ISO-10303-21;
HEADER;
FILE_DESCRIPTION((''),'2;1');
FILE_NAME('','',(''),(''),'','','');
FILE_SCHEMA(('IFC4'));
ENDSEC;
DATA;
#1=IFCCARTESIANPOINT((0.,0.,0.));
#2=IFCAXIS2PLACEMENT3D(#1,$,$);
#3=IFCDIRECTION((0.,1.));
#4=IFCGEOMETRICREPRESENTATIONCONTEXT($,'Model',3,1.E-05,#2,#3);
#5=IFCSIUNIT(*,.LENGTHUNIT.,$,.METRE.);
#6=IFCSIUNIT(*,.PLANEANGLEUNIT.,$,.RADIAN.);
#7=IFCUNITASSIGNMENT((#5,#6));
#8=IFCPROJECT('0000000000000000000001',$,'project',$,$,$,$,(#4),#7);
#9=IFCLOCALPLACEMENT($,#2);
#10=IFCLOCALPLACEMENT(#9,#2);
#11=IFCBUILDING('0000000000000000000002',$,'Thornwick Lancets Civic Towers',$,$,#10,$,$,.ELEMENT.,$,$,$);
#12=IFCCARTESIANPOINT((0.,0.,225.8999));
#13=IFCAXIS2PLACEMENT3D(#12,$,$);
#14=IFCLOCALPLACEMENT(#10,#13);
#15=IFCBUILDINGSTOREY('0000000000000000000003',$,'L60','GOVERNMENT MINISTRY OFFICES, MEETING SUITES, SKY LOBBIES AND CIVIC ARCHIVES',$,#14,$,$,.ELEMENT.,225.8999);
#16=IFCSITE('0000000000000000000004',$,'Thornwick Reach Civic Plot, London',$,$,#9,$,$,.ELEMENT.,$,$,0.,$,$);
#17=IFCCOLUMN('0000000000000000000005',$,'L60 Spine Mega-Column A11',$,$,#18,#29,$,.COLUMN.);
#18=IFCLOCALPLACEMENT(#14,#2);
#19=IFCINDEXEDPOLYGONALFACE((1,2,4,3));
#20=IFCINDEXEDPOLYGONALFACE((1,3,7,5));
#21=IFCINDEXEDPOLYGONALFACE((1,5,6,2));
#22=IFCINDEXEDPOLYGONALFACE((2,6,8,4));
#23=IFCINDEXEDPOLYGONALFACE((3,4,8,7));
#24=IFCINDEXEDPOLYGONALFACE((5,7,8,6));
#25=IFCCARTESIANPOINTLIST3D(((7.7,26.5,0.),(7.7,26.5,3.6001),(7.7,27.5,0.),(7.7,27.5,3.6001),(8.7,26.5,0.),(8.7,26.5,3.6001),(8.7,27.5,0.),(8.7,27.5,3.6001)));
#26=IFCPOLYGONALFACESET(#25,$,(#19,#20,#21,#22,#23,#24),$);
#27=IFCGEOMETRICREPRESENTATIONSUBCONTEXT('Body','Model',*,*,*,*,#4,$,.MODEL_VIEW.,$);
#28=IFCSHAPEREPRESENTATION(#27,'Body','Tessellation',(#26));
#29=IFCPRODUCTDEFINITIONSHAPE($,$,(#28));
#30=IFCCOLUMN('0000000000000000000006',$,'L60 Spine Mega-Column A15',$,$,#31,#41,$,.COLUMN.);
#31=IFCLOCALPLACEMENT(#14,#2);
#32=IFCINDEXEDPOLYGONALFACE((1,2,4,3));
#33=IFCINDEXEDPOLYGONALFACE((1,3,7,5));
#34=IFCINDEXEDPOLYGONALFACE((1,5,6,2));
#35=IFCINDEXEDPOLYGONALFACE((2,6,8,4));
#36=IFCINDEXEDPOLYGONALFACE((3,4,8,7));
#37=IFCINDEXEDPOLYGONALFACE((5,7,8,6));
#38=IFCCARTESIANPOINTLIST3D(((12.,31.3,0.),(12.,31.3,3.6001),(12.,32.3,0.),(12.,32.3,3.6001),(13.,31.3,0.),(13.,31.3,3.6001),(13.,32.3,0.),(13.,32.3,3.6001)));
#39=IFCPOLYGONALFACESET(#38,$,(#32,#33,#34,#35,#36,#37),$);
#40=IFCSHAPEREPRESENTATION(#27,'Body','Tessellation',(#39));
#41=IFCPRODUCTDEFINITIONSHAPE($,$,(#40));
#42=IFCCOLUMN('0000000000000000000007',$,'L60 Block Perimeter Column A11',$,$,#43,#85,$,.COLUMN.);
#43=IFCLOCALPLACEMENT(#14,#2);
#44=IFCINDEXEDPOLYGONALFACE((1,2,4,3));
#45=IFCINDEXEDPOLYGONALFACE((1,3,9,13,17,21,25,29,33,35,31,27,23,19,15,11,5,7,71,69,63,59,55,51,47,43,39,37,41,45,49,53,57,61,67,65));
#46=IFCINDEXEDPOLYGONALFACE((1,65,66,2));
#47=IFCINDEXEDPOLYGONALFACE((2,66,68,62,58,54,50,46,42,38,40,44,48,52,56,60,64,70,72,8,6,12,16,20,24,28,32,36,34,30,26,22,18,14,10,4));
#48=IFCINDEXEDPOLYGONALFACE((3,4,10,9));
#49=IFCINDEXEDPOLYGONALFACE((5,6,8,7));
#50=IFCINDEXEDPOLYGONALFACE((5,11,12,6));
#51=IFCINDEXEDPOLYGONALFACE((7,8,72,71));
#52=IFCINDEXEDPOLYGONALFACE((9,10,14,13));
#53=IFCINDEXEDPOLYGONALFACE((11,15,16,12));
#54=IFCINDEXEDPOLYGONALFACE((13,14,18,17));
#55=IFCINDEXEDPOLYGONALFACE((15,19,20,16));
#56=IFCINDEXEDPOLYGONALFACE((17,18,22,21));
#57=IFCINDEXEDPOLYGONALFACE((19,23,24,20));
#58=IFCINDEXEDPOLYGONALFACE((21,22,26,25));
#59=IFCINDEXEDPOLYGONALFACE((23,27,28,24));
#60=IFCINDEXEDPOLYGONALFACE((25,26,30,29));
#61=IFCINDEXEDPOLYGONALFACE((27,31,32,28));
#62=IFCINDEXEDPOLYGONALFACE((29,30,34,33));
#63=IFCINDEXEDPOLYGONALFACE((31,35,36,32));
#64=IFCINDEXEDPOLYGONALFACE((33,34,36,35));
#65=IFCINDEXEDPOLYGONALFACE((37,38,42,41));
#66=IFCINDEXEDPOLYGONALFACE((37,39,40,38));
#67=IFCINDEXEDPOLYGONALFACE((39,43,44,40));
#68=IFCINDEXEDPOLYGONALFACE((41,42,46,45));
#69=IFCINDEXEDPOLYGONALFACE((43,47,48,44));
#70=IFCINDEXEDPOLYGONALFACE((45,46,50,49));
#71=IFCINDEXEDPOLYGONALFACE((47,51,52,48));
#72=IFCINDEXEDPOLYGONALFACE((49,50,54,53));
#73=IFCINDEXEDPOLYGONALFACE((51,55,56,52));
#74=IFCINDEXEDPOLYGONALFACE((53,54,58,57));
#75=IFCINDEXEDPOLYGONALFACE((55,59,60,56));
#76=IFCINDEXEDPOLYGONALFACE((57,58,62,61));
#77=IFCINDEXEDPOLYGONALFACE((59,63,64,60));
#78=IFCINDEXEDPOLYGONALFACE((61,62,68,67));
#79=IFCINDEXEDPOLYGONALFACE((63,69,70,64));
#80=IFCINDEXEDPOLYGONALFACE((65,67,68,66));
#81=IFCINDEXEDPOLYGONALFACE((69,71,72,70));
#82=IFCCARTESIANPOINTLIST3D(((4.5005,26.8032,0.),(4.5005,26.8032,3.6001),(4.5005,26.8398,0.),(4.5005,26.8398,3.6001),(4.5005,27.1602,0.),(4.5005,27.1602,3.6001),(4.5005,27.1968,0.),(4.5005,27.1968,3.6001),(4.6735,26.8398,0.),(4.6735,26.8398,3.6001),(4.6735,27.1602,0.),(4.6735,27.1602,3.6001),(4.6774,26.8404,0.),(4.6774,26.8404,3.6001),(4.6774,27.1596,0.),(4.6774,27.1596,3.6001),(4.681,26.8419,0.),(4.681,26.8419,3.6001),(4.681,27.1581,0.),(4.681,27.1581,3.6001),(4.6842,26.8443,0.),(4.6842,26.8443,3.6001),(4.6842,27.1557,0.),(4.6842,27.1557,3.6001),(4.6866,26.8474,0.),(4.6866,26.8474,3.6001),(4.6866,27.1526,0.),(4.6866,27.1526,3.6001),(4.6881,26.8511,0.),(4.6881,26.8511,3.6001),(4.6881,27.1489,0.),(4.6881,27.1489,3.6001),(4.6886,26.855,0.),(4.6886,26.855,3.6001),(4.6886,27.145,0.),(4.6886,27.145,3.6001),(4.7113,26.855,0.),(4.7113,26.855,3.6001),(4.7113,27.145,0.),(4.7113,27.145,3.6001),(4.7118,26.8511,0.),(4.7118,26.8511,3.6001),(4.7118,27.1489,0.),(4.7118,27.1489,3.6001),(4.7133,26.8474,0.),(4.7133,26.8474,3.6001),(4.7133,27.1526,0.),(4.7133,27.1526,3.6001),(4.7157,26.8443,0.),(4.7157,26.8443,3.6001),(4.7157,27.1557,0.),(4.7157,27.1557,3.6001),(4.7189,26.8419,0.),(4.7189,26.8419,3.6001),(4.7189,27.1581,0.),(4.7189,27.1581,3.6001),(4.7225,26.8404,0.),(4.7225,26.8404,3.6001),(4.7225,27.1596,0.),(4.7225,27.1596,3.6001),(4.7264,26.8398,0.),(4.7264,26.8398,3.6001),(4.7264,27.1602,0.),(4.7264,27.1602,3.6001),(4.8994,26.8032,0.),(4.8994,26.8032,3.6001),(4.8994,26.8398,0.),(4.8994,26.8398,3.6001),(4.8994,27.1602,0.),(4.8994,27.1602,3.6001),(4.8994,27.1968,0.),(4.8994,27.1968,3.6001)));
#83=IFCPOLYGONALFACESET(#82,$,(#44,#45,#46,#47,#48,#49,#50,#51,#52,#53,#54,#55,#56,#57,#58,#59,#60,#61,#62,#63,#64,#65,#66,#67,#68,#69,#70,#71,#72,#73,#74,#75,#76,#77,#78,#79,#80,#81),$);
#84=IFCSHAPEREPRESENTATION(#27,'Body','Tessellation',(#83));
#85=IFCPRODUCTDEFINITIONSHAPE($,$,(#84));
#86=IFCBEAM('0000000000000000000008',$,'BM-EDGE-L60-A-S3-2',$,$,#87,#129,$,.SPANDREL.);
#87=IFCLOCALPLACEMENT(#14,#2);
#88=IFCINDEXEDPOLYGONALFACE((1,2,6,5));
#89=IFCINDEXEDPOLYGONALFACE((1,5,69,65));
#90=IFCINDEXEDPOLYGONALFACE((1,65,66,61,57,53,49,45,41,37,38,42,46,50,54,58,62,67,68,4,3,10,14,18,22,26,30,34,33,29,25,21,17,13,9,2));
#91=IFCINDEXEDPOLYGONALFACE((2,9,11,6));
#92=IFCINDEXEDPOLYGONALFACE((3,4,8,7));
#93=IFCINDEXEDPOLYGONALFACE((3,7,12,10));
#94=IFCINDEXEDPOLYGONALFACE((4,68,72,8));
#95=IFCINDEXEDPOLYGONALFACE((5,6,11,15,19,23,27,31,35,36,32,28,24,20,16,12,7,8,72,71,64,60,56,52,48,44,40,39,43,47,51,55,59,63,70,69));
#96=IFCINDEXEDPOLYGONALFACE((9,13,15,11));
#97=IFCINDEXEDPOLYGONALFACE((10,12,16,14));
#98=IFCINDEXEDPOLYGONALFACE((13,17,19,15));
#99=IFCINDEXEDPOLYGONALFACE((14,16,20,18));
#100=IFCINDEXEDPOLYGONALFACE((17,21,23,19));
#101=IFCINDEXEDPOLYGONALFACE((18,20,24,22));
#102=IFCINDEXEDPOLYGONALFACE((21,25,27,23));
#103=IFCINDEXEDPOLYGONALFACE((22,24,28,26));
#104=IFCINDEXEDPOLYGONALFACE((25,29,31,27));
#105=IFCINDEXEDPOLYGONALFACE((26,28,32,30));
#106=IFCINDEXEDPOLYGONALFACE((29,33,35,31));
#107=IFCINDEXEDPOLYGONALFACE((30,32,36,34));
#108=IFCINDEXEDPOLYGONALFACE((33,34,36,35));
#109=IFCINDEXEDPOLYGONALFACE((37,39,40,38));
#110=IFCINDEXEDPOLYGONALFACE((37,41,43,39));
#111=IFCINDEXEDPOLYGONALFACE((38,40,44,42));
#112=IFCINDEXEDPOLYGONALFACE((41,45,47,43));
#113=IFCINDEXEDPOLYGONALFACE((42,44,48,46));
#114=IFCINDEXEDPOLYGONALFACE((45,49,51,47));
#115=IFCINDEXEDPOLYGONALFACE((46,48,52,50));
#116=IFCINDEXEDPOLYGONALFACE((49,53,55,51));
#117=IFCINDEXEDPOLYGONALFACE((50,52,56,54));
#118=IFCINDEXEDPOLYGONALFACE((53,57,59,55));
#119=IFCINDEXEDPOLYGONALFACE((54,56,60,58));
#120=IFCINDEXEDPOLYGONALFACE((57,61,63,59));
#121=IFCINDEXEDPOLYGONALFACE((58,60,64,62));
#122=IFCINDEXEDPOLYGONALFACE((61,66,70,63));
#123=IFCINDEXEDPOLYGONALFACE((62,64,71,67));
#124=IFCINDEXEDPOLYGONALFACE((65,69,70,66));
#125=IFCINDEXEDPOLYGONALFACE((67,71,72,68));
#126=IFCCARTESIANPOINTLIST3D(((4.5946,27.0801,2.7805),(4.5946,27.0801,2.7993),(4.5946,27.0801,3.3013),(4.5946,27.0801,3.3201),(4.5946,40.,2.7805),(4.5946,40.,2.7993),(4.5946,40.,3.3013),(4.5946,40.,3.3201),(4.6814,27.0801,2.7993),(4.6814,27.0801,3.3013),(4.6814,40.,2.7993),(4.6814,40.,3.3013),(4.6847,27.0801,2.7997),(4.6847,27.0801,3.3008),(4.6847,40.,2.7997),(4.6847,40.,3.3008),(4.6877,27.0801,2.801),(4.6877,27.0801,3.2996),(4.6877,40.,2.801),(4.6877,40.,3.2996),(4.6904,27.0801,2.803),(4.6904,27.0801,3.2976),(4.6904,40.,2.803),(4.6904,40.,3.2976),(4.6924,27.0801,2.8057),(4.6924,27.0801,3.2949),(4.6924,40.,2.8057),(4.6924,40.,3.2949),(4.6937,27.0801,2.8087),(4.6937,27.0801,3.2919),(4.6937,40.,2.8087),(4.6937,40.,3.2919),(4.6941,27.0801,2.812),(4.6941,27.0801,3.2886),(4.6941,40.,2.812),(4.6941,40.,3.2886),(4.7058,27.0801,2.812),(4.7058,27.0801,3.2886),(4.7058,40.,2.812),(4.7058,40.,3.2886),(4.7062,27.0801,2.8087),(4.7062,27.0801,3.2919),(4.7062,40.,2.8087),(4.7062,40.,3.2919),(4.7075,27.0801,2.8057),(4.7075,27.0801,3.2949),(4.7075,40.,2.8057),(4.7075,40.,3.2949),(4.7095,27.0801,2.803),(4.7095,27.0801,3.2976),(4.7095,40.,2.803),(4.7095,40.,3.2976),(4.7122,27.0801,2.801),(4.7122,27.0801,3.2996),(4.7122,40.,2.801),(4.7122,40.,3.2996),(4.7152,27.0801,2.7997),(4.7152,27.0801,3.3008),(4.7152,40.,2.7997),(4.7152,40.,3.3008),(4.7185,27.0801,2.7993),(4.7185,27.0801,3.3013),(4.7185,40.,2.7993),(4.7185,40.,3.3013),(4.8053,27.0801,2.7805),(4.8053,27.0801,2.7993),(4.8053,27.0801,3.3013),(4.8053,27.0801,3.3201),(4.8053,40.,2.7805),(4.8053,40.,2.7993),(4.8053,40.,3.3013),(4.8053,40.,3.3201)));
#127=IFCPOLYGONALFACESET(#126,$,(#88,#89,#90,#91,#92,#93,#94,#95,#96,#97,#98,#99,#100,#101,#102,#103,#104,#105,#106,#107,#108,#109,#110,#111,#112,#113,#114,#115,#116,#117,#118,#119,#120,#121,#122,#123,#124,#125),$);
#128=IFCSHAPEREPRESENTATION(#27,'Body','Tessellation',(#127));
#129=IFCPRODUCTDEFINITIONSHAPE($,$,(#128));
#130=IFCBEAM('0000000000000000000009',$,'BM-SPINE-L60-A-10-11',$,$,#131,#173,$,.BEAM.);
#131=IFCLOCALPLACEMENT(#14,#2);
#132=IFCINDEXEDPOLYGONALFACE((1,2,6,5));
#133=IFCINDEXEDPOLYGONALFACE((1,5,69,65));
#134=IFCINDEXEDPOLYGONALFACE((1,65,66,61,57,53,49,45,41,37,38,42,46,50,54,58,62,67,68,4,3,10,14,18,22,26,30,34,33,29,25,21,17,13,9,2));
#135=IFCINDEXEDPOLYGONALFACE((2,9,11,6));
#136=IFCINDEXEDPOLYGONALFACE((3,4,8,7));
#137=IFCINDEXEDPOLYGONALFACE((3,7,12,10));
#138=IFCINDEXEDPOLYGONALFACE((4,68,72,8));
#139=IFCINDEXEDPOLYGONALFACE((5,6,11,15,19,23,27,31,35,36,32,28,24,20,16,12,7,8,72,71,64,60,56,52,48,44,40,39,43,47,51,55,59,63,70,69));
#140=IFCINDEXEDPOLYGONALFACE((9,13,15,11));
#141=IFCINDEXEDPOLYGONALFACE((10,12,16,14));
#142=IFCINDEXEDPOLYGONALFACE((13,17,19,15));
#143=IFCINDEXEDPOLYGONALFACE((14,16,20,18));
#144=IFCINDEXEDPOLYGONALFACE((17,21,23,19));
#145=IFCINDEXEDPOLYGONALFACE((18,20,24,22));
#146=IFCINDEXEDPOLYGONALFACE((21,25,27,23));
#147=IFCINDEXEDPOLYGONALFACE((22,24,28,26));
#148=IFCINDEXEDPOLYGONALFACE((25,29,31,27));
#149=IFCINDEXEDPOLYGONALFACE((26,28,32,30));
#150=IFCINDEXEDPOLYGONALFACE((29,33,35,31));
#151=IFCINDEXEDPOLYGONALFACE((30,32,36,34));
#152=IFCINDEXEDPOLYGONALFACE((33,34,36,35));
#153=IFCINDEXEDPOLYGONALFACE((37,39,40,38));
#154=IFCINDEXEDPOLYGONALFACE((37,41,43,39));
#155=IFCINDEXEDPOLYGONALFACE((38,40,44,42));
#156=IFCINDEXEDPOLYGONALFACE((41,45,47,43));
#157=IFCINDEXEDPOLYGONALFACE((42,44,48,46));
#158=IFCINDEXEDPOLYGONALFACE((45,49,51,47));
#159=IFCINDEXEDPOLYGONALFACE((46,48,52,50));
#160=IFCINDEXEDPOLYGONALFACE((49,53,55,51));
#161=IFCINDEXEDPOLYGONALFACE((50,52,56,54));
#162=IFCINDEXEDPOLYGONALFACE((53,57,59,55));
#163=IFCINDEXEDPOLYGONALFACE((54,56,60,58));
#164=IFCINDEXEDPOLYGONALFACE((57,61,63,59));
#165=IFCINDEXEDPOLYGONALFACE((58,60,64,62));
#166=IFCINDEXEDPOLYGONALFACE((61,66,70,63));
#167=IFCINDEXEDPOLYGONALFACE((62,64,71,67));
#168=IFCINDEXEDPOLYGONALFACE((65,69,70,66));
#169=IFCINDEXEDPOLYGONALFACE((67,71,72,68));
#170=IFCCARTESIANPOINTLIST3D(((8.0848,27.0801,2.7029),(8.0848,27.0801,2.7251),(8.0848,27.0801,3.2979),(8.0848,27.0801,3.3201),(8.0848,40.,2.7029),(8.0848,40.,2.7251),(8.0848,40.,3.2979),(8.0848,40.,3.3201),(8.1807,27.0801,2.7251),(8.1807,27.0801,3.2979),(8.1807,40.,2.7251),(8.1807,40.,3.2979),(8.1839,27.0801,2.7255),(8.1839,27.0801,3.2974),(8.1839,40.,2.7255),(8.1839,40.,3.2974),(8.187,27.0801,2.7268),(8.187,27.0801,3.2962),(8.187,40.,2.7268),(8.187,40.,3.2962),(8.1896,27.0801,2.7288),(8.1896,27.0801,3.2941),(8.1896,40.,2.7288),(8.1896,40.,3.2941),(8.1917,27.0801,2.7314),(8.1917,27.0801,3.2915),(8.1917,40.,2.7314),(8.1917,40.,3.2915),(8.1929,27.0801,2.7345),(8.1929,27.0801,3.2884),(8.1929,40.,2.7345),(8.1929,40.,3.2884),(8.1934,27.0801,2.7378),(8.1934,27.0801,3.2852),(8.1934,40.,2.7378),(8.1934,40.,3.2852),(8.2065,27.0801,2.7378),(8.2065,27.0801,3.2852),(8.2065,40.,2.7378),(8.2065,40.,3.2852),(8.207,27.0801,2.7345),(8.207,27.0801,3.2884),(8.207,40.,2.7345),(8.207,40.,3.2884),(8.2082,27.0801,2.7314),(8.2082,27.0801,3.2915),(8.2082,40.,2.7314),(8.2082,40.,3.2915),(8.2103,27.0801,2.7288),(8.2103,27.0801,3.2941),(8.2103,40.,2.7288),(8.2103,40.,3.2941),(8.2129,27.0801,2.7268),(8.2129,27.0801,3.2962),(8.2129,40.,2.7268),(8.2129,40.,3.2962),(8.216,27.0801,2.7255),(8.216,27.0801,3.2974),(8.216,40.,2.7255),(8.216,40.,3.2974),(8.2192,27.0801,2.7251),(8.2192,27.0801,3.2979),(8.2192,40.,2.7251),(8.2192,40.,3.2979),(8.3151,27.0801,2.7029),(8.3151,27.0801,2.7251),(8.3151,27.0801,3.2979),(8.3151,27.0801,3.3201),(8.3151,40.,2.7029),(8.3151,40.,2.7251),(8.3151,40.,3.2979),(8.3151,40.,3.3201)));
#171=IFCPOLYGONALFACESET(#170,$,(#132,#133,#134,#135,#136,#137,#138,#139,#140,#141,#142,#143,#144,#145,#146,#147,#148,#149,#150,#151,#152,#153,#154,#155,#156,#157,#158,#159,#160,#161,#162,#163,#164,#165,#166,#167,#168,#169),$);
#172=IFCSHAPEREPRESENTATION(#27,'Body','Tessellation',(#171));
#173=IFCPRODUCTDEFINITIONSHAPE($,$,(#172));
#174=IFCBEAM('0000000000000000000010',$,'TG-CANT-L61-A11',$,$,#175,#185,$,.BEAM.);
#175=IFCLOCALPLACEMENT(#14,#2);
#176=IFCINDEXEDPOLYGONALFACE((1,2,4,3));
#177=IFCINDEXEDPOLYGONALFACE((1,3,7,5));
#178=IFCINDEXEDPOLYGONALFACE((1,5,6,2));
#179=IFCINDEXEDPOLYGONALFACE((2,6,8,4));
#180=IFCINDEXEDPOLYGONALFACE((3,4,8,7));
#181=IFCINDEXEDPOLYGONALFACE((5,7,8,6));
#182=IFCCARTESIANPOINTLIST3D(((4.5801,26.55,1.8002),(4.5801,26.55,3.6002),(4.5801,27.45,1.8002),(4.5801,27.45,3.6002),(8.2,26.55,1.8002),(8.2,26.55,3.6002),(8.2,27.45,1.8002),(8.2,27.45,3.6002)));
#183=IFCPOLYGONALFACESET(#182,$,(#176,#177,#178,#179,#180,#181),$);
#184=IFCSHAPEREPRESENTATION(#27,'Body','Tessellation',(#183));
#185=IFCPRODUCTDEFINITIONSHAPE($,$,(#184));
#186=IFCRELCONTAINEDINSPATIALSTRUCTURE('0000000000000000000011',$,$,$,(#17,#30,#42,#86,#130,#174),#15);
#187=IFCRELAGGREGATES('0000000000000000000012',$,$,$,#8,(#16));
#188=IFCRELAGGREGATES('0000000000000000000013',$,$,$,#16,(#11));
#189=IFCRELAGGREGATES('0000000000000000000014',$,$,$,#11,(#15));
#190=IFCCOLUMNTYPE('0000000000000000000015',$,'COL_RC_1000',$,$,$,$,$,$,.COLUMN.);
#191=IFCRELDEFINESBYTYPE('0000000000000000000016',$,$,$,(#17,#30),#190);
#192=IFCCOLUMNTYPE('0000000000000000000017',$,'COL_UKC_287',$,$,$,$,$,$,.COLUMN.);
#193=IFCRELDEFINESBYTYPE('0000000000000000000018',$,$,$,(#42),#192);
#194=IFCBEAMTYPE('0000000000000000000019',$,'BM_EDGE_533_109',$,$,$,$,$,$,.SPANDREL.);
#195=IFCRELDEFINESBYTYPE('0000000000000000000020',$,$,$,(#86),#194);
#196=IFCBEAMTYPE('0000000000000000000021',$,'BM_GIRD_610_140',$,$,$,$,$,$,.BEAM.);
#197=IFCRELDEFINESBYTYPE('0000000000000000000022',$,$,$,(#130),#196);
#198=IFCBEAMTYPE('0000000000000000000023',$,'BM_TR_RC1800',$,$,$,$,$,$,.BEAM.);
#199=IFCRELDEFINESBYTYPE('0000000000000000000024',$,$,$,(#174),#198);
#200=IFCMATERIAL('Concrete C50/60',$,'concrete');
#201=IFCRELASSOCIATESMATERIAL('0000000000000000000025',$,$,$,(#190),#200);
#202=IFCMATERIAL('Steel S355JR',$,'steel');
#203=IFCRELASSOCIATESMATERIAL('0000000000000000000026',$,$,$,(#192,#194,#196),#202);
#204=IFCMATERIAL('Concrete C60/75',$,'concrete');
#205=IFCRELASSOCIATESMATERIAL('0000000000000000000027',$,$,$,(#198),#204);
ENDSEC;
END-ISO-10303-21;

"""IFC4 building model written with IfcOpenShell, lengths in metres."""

from ifc_helpers import new_model, si_unit, direction, frame, origin, origin_2d, place, context, subcontext, project, spatial, rectangle, i_section, extrude, material, material_profile, profile_set, type_object, element, save


model = new_model("IFC4")

# Units and contexts
model_context = context("Model", 3, precision=1e-05, world=origin(), true_north=direction((0.0, 1.0)))
body_context = subcontext(model_context, "Body", "Model", "MODEL_VIEW")
ifc_project = project(units=[si_unit("LENGTHUNIT", "METRE"), si_unit("PLANEANGLEUNIT", "RADIAN")], contexts=[model_context])

# Site, building, storey
site_placement = place(None, origin())
site = spatial("IfcSite", under=ifc_project, at=site_placement, Name="Thornwick Reach Civic Plot, London", CompositionType="ELEMENT", RefElevation=0.0)
building_placement = place(site_placement, origin())
building = spatial("IfcBuilding", under=site, at=building_placement, Name="Thornwick Lancets Civic Towers", CompositionType="ELEMENT")
storey_placement = place(building_placement, frame((0.0, 0.0, 225.8999)))
storey = spatial("IfcBuildingStorey", under=building, at=storey_placement, Name="L60", Description="GOVERNMENT MINISTRY OFFICES, MEETING SUITES, SKY LOBBIES AND CIVIC ARCHIVES", CompositionType="ELEMENT", Elevation=225.8999)

# Columns
ifc_material_1 = material(Name="Concrete C50/60", Category="concrete")
ifc_material_profile_1 = material_profile(ifc_material_1, rectangle(XDim=1.0, YDim=1.0, at=origin_2d()), Name="RC 1000x1000")
ifc_profile_set_1 = profile_set([ifc_material_profile_1], Name="Concrete C50/60")
column_type_1 = type_object("IfcColumnType", Name="COL_RC_1000", PredefinedType="COLUMN", material=ifc_profile_set_1)
for number, where, z_axis, x_axis, name in (
    (1, (8.2, 27.0, 0.0), (0.0, 0.0, 1.0), (1.0, 0.0, 0.0), "L60 Spine Mega-Column A11"),
    (2, (12.5, 31.8, 0.0), (0.0, 0.0, 1.0), (1.0, 0.0, 0.0), "L60 Spine Mega-Column A15"),
):
    element("IfcColumn", number, at=place(storey_placement, frame(where, z_axis=z_axis, x_axis=x_axis)), inside=storey, type_object=column_type_1, Name=name, PredefinedType="COLUMN", context=body_context, shape_type="SweptSolid", body=[
        extrude(rectangle(XDim=1.0, YDim=1.0, at=origin_2d()), origin(), (0.0, 0.0, 1.0), 3.6001),
    ])
ifc_material_2 = material(Name="Steel S355JR", Category="steel")
ifc_material_profile_2 = material_profile(ifc_material_2, i_section(OverallWidth=0.3989, OverallDepth=0.3936, WebThickness=0.0227, FlangeThickness=0.0366, FilletRadius=0.0151, at=origin_2d()), Name="UKC 356x406x287")
ifc_profile_set_2 = profile_set([ifc_material_profile_2], Name="Steel S355JR")
column_type_2 = type_object("IfcColumnType", Name="COL_UKC_287", PredefinedType="COLUMN", material=ifc_profile_set_2)
column_placement = place(storey_placement, frame((4.7, 27.0, 0.0), z_axis=(0.0, 0.0, 1.0), x_axis=(1.0, 0.0, 0.0)))
element("IfcColumn", 3, at=column_placement, inside=storey, type_object=column_type_2, Name="L60 Block Perimeter Column A11", PredefinedType="COLUMN", context=body_context, shape_type="SweptSolid", body=[
    extrude(i_section(OverallWidth=0.3989, OverallDepth=0.3936, WebThickness=0.0227, FlangeThickness=0.0366, FilletRadius=0.0151, at=origin_2d()), origin(), (0.0, 0.0, 1.0), 3.6001),
])

# Beams
ifc_material_profile_3 = material_profile(ifc_material_2, i_section(OverallWidth=0.2107, OverallDepth=0.5396, WebThickness=0.0117, FlangeThickness=0.0188, FilletRadius=0.0127, at=origin_2d()), Name="UKB 533x210x109")
ifc_profile_set_3 = profile_set([ifc_material_profile_3], Name="Steel S355JR")
beam_type_1 = type_object("IfcBeamType", Name="BM_EDGE_533_109", PredefinedType="SPANDREL", material=ifc_profile_set_3)
beam_1_placement = place(storey_placement, frame((4.7, 27.0801, 3.0503), z_axis=(0.0, 1.0, 0.0), x_axis=(-1.0, 0.0, 0.0)))
element("IfcBeam", 4, at=beam_1_placement, inside=storey, type_object=beam_type_1, Name="BM-EDGE-L60-A-S3-2", PredefinedType="SPANDREL", context=body_context, shape_type="SweptSolid", body=[
    extrude(i_section(OverallWidth=0.2107, OverallDepth=0.5396, WebThickness=0.0117, FlangeThickness=0.0188, FilletRadius=0.0127, at=origin_2d()), origin(), (0.0, 0.0, 1.0), 12.9199),
])
ifc_material_profile_4 = material_profile(ifc_material_2, i_section(OverallWidth=0.2302, OverallDepth=0.6172, WebThickness=0.0132, FlangeThickness=0.0222, FilletRadius=0.0127, at=origin_2d()), Name="UKB 610x229x140")
ifc_profile_set_4 = profile_set([ifc_material_profile_4], Name="Steel S355JR")
beam_type_2 = type_object("IfcBeamType", Name="BM_GIRD_610_140", PredefinedType="BEAM", material=ifc_profile_set_4)
beam_2_placement = place(storey_placement, frame((8.2, 27.0801, 3.0115), z_axis=(0.0, 1.0, 0.0), x_axis=(-1.0, 0.0, 0.0)))
element("IfcBeam", 5, at=beam_2_placement, inside=storey, type_object=beam_type_2, Name="BM-SPINE-L60-A-10-11", PredefinedType="BEAM", context=body_context, shape_type="SweptSolid", body=[
    extrude(i_section(OverallWidth=0.2302, OverallDepth=0.6172, WebThickness=0.0132, FlangeThickness=0.0222, FilletRadius=0.0127, at=origin_2d()), origin(), (0.0, 0.0, 1.0), 12.9199),
])
ifc_material_3 = material(Name="Concrete C60/75", Category="concrete")
ifc_material_profile_5 = material_profile(ifc_material_3, rectangle(XDim=0.8999, YDim=1.8, at=origin_2d()), Name="RC 900x1800")
ifc_profile_set_5 = profile_set([ifc_material_profile_5], Name="Concrete C60/75")
beam_type_3 = type_object("IfcBeamType", Name="BM_TR_RC1800", PredefinedType="BEAM", material=ifc_profile_set_5)
beam_3_placement = place(storey_placement, frame((8.2, 27.0, 2.7002), z_axis=(-1.0, 0.0, 0.0), x_axis=(0.0, -1.0, 0.0)))
element("IfcBeam", 6, at=beam_3_placement, inside=storey, type_object=beam_type_3, Name="TG-CANT-L61-A11", PredefinedType="BEAM", context=body_context, shape_type="SweptSolid", body=[
    extrude(rectangle(XDim=0.8999, YDim=1.8, at=origin_2d()), origin(), (0.0, 0.0, 1.0), 3.6199),
])

save(model, "model.ifc")
